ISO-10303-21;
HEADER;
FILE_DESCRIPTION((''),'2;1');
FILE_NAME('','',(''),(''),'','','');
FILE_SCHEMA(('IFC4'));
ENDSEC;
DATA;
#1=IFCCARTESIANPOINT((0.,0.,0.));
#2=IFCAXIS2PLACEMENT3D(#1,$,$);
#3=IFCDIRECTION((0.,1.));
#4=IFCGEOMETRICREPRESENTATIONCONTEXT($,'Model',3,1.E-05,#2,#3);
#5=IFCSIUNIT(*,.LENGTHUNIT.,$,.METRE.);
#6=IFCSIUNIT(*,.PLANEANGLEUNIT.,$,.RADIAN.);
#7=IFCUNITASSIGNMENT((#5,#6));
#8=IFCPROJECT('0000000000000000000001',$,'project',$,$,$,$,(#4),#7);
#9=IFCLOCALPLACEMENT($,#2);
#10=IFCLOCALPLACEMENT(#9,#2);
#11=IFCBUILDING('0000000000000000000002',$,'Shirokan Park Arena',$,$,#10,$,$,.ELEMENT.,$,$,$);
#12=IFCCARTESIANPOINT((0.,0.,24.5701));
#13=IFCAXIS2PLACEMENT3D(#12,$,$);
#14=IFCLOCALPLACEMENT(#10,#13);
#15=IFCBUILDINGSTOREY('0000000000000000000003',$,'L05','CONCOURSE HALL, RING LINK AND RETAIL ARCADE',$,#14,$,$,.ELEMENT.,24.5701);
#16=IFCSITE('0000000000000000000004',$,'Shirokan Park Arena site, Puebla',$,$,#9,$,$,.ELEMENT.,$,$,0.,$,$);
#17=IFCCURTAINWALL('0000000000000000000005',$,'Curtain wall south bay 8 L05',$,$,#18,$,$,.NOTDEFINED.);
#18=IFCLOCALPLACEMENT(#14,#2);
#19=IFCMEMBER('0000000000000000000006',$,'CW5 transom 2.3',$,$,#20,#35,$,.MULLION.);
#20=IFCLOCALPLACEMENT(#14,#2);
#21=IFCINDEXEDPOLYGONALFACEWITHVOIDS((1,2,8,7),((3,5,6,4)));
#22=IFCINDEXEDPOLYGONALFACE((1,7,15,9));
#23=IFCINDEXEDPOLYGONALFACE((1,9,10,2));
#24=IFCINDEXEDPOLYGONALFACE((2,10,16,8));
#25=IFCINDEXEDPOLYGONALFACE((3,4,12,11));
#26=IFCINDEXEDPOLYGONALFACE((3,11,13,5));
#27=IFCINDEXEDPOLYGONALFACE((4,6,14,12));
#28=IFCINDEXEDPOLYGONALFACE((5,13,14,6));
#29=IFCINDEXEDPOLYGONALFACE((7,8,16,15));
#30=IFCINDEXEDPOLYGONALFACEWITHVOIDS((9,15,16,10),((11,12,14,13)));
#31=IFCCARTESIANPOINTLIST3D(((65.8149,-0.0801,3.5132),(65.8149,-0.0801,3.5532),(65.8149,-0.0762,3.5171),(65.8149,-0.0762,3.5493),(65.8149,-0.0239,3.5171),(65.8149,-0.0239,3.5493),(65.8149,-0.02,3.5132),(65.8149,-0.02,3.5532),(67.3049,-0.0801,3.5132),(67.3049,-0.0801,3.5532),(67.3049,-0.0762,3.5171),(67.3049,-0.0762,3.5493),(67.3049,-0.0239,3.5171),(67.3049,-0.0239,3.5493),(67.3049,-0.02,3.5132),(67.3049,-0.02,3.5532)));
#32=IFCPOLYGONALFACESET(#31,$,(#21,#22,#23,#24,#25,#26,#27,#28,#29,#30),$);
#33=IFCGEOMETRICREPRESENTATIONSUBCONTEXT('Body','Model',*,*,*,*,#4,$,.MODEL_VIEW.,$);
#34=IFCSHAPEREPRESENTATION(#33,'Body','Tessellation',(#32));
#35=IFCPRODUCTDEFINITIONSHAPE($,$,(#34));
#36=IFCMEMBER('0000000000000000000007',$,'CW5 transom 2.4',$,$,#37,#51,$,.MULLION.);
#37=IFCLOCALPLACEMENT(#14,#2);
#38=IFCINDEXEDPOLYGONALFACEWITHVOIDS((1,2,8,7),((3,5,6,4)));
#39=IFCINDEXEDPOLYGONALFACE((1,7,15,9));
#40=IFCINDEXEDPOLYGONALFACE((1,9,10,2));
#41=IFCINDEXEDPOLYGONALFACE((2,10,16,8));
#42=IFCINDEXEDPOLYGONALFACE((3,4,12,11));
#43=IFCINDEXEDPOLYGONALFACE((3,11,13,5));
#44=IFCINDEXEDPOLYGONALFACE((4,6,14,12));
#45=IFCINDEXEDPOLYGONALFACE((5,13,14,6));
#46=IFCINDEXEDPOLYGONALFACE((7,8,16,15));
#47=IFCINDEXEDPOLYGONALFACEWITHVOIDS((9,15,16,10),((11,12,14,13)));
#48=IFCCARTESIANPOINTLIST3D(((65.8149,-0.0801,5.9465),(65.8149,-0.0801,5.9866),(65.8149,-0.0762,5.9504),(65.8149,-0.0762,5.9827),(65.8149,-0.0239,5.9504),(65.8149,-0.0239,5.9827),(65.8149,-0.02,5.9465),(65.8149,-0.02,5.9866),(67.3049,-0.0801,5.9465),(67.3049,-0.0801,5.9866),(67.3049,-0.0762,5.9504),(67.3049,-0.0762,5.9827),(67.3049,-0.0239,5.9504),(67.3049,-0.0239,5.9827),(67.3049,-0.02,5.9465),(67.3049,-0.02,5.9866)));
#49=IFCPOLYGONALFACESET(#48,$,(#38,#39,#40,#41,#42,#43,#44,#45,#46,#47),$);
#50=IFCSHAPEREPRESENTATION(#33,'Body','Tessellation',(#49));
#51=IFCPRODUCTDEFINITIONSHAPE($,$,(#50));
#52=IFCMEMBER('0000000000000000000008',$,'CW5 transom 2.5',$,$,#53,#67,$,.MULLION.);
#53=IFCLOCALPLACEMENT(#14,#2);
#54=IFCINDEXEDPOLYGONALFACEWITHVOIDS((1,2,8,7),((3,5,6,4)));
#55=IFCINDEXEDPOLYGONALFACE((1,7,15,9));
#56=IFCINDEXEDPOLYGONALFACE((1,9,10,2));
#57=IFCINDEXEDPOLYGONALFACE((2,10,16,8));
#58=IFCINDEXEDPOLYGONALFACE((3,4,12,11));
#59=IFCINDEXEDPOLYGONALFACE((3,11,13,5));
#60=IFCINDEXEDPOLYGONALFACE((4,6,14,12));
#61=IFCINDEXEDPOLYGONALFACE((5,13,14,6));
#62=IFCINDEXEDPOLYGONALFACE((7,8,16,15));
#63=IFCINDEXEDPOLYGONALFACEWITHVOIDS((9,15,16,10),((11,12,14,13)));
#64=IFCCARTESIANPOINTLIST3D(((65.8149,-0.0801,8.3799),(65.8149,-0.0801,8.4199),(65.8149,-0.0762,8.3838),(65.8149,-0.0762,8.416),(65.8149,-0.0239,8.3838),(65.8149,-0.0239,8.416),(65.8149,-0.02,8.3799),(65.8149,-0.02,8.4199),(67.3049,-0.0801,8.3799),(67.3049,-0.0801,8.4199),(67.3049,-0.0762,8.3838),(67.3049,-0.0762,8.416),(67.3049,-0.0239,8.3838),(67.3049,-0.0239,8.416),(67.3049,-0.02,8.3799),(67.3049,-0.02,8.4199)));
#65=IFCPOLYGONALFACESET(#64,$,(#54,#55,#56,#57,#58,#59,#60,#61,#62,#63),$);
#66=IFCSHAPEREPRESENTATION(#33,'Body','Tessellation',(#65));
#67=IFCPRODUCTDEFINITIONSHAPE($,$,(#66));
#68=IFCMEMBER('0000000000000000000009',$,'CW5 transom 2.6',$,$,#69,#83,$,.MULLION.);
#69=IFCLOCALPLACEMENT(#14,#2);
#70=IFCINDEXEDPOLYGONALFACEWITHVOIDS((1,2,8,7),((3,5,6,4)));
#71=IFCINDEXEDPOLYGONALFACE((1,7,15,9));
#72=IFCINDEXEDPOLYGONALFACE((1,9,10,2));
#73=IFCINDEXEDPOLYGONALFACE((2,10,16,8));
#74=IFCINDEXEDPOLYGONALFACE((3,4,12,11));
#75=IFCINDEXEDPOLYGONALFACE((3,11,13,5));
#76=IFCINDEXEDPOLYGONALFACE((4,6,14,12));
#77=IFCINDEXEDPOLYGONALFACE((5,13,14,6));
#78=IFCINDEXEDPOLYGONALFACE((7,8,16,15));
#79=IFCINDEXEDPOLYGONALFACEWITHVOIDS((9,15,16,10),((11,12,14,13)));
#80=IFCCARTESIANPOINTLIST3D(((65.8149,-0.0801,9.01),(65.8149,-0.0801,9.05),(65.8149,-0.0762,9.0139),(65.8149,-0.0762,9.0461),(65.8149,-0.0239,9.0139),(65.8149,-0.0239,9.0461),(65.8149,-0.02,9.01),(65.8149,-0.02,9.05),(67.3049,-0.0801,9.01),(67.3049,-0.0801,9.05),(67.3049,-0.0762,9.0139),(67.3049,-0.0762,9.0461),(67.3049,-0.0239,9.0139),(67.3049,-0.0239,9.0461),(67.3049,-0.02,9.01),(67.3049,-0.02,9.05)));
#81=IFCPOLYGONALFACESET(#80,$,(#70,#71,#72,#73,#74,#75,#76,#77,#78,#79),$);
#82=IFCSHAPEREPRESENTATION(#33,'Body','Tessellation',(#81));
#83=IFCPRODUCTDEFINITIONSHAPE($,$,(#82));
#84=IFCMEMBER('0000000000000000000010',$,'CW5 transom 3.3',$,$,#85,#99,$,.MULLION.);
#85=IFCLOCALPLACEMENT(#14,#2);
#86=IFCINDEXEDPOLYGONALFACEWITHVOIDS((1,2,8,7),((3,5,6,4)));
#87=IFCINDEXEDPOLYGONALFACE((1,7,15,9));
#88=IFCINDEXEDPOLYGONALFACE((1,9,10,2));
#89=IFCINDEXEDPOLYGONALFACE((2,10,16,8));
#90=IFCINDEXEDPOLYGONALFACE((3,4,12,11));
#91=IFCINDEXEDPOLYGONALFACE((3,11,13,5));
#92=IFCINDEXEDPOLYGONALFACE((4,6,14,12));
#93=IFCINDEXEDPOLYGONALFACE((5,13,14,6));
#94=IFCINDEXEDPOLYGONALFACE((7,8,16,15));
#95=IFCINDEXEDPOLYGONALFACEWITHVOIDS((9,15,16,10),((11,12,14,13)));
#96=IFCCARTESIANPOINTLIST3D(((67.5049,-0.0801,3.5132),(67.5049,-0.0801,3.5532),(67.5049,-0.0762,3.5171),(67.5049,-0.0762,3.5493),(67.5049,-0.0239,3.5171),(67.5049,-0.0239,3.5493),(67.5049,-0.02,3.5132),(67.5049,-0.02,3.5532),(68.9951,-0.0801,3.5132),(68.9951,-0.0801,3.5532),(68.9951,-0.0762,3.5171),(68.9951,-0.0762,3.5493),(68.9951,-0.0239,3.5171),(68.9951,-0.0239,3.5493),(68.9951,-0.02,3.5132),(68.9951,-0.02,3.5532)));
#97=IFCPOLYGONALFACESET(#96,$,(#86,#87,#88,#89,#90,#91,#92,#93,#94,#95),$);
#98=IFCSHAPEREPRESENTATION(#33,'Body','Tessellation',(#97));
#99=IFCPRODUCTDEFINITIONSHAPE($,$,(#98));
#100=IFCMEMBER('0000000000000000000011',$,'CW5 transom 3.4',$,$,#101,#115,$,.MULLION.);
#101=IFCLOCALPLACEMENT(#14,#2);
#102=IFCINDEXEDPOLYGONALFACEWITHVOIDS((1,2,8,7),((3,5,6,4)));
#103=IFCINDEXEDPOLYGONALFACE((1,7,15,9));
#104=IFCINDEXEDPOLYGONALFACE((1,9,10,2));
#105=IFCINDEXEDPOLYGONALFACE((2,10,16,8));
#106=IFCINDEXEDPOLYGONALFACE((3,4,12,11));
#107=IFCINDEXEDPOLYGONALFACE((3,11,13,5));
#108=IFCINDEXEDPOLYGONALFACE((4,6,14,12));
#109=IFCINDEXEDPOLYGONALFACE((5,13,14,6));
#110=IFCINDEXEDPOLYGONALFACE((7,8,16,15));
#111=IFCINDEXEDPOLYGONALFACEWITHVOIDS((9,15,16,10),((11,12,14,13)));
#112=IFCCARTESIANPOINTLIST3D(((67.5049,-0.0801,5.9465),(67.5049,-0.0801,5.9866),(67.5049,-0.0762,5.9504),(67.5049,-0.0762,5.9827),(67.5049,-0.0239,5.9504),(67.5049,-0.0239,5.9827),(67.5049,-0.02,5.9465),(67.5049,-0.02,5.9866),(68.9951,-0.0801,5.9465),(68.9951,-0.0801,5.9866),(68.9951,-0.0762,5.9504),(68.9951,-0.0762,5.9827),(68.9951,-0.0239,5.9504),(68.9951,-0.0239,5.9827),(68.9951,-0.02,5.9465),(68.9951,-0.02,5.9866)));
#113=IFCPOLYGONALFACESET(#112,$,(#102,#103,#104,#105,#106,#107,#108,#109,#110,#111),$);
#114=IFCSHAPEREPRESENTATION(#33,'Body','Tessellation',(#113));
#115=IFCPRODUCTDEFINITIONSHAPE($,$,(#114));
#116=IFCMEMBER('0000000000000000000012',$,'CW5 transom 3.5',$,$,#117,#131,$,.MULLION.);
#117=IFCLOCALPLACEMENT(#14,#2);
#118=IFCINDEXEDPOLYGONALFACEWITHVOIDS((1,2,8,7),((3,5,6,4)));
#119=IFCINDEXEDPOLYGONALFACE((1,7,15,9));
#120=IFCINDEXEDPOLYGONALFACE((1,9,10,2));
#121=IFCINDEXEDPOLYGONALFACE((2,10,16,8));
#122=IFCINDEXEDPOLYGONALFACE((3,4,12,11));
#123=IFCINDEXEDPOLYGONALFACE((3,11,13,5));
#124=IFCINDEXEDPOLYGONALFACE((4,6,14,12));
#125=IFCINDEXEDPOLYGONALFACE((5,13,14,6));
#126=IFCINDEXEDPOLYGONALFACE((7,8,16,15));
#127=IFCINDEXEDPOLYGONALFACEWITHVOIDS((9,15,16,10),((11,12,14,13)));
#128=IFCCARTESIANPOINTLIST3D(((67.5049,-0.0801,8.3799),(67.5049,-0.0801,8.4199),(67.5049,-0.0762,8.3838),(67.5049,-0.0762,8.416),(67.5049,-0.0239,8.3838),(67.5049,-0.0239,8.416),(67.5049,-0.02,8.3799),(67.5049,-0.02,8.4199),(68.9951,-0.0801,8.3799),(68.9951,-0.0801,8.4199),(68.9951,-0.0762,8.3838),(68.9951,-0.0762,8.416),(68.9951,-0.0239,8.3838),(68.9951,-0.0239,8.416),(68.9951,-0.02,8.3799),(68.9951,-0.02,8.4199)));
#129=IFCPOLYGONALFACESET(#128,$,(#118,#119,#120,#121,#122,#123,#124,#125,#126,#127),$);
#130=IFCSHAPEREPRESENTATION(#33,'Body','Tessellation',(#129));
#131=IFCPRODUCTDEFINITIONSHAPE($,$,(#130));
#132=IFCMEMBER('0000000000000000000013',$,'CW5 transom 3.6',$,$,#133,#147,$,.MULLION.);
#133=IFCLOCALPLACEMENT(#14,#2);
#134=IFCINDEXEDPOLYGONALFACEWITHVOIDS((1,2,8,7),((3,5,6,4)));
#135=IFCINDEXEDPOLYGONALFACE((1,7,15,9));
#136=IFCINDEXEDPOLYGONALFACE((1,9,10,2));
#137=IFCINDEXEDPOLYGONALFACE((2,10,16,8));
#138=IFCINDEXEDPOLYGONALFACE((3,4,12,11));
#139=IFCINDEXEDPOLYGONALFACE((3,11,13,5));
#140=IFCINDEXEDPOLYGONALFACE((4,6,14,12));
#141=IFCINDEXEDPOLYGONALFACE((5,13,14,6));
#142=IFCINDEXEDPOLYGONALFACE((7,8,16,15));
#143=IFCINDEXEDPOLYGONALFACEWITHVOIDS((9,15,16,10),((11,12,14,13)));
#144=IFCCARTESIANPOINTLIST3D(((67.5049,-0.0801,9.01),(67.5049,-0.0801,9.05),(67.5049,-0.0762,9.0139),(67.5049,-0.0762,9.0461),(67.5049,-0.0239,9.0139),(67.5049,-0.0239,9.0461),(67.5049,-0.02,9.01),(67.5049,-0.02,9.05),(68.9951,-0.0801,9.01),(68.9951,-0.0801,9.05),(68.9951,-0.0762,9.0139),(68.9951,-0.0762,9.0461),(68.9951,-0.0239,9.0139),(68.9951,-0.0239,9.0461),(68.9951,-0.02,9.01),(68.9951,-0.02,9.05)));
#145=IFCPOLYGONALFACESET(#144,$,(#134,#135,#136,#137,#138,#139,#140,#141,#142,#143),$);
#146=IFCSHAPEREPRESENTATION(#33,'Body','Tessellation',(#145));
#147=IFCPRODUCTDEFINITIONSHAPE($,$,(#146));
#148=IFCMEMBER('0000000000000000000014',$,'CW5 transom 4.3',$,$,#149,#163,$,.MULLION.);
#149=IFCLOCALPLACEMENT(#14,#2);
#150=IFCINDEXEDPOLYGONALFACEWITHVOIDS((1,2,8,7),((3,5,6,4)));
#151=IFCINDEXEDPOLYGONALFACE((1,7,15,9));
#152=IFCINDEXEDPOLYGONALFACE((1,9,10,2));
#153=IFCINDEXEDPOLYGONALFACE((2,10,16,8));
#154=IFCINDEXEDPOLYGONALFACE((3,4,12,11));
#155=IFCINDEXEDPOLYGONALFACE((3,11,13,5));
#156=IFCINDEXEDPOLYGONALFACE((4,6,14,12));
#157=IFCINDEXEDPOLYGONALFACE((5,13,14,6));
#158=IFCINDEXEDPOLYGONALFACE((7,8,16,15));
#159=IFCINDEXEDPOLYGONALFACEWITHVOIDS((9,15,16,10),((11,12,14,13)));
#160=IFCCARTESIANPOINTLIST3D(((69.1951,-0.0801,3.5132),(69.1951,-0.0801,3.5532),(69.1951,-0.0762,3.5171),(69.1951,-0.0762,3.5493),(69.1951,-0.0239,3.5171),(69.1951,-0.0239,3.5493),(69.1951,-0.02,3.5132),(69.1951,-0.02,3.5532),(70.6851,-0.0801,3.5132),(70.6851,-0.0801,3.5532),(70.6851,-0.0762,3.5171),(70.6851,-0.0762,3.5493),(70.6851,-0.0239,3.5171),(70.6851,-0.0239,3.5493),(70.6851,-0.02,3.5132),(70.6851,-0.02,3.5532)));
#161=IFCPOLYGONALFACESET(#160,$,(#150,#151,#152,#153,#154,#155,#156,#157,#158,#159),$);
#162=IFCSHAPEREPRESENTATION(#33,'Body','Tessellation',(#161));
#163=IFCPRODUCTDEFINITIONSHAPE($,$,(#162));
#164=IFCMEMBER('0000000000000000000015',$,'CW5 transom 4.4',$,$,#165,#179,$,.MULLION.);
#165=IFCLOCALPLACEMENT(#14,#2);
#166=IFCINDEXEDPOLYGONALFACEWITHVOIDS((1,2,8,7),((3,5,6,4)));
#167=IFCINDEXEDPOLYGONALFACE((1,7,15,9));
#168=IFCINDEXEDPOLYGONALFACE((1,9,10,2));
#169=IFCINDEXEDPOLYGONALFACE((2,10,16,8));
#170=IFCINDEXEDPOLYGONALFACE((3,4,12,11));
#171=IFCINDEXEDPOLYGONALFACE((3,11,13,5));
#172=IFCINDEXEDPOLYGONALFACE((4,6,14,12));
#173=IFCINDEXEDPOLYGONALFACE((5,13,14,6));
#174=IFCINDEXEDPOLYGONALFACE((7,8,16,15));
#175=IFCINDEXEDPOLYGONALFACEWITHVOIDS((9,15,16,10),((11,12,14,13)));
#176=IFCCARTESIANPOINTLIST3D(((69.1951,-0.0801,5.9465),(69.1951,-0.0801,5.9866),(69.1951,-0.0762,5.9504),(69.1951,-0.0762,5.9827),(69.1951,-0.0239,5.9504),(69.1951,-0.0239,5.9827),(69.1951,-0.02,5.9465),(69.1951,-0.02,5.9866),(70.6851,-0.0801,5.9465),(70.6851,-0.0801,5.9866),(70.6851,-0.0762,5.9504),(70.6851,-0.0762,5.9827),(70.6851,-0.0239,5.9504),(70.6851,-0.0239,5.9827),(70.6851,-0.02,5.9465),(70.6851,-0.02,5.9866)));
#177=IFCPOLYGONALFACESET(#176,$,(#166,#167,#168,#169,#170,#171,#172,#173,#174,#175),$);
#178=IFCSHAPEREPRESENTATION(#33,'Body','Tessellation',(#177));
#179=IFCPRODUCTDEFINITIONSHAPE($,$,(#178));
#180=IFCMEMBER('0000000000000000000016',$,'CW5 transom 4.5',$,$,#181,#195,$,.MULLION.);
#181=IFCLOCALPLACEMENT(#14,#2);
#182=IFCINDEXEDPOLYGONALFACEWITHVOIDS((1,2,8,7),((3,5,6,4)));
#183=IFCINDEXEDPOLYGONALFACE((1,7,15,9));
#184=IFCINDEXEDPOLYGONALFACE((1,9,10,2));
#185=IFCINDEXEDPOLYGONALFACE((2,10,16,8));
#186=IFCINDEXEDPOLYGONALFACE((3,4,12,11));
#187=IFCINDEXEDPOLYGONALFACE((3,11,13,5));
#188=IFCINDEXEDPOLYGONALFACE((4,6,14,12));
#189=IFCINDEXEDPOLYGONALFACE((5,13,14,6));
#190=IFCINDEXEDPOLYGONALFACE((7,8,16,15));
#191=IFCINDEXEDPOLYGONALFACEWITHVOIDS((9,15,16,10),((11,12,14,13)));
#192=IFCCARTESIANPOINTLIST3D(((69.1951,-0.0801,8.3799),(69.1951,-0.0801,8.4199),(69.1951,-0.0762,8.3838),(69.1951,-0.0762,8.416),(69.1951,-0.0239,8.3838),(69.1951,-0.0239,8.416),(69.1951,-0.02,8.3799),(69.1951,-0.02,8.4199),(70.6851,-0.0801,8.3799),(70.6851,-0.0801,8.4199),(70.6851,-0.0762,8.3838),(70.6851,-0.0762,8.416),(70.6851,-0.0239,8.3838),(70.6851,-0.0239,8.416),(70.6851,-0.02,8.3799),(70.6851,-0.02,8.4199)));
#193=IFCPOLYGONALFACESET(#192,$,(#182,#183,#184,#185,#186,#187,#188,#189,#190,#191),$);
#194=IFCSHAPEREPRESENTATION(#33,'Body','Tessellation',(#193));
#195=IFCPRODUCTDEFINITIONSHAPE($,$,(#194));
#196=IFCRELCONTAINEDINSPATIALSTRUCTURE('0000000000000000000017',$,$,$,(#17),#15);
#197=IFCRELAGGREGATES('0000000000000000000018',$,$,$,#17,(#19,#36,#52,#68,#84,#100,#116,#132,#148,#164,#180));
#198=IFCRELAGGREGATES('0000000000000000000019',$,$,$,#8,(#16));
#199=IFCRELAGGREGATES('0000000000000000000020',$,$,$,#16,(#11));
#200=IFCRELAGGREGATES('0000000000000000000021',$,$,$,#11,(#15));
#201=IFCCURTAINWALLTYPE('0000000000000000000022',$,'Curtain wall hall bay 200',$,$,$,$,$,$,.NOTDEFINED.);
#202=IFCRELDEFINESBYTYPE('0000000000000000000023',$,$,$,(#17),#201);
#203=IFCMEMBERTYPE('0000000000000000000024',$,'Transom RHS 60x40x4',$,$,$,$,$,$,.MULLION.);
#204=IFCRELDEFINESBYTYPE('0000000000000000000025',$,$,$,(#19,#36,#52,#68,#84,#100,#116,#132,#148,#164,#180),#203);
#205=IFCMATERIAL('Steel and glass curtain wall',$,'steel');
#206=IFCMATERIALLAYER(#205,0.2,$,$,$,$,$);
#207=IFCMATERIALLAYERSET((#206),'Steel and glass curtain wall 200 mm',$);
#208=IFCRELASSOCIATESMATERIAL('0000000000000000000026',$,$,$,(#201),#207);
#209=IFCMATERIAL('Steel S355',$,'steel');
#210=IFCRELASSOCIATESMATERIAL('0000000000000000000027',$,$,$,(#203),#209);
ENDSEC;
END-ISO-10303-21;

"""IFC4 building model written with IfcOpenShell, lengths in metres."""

from ifc_helpers import new_model, si_unit, direction, frame, origin, origin_2d, place, context, subcontext, project, spatial, hollow_rectangle, extrude, material, layer, layer_set, material_profile, profile_set, type_object, element, aggregate, save


model = new_model("IFC4")

# Units and contexts
model_context = context("Model", 3, precision=1e-05, world=origin(), true_north=direction((0.0, 1.0)))
body_context = subcontext(model_context, "Body", "Model", "MODEL_VIEW")
ifc_project = project(units=[si_unit("LENGTHUNIT", "METRE"), si_unit("PLANEANGLEUNIT", "RADIAN")], contexts=[model_context])

# Site, building, storey
site_placement = place(None, origin())
site = spatial("IfcSite", under=ifc_project, at=site_placement, Name="Shirokan Park Arena site, Puebla", CompositionType="ELEMENT", RefElevation=0.0)
building_placement = place(site_placement, origin())
building = spatial("IfcBuilding", under=site, at=building_placement, Name="Shirokan Park Arena", CompositionType="ELEMENT")
storey_placement = place(building_placement, frame((0.0, 0.0, 24.5701)))
storey = spatial("IfcBuildingStorey", under=building, at=storey_placement, Name="L05", Description="CONCOURSE HALL, RING LINK AND RETAIL ARCADE", CompositionType="ELEMENT", Elevation=24.5701)

# Curtain wall, members
ifc_material_1 = material(Name="Steel and glass curtain wall", Category="steel")
ifc_layer_1 = layer(ifc_material_1, 0.2)
ifc_layer_set_1 = layer_set([ifc_layer_1], Name="Steel and glass curtain wall 200 mm")
curtain_wall_type = type_object("IfcCurtainWallType", Name="Curtain wall hall bay 200", PredefinedType="NOTDEFINED", material=ifc_layer_set_1)
curtain_wall_placement = place(storey_placement, origin())
curtain_wall = element("IfcCurtainWall", 1, at=curtain_wall_placement, inside=storey, type_object=curtain_wall_type, Name="Curtain wall south bay 8 L05", PredefinedType="NOTDEFINED")
ifc_material_2 = material(Name="Steel S355", Category="steel")
ifc_material_profile = material_profile(ifc_material_2, hollow_rectangle(XDim=0.0601, YDim=0.04, WallThickness=0.0039, at=origin_2d()), Name="RHS 60x40x4")
ifc_profile_set = profile_set([ifc_material_profile], Name="Steel S355")
member_type = type_object("IfcMemberType", Name="Transom RHS 60x40x4", PredefinedType="MULLION", material=ifc_profile_set)
member_1_placement = place(storey_placement, frame((65.8149, -0.05, 3.5332), z_axis=(1.0, 0.0, 0.0), x_axis=(0.0, 1.0, 0.0)))
member_1 = element("IfcMember", 2, at=member_1_placement, type_object=member_type, Name="CW5 transom 2.3", PredefinedType="MULLION", context=body_context, shape_type="SweptSolid", body=[
    extrude(hollow_rectangle(XDim=0.0601, YDim=0.04, WallThickness=0.0039, at=origin_2d()), origin(), (0.0, 0.0, 1.0), 1.49),
])
member_2_placement = place(storey_placement, frame((65.8149, -0.05, 5.9666), z_axis=(1.0, 0.0, 0.0), x_axis=(0.0, 1.0, 0.0)))
member_2 = element("IfcMember", 3, at=member_2_placement, type_object=member_type, Name="CW5 transom 2.4", PredefinedType="MULLION", context=body_context, shape_type="SweptSolid", body=[
    extrude(hollow_rectangle(XDim=0.0601, YDim=0.04, WallThickness=0.0039, at=origin_2d()), origin(), (0.0, 0.0, 1.0), 1.49),
])
member_3_placement = place(storey_placement, frame((65.8149, -0.05, 8.3999), z_axis=(1.0, 0.0, 0.0), x_axis=(0.0, 1.0, 0.0)))
member_3 = element("IfcMember", 4, at=member_3_placement, type_object=member_type, Name="CW5 transom 2.5", PredefinedType="MULLION", context=body_context, shape_type="SweptSolid", body=[
    extrude(hollow_rectangle(XDim=0.0601, YDim=0.04, WallThickness=0.0039, at=origin_2d()), origin(), (0.0, 0.0, 1.0), 1.49),
])
member_4_placement = place(storey_placement, frame((65.8149, -0.05, 9.03), z_axis=(1.0, 0.0, 0.0), x_axis=(0.0, 1.0, 0.0)))
member_4 = element("IfcMember", 5, at=member_4_placement, type_object=member_type, Name="CW5 transom 2.6", PredefinedType="MULLION", context=body_context, shape_type="SweptSolid", body=[
    extrude(hollow_rectangle(XDim=0.0601, YDim=0.04, WallThickness=0.0039, at=origin_2d()), origin(), (0.0, 0.0, 1.0), 1.49),
])
member_5_placement = place(storey_placement, frame((67.5049, -0.05, 3.5332), z_axis=(1.0, 0.0, 0.0), x_axis=(0.0, 1.0, 0.0)))
member_5 = element("IfcMember", 6, at=member_5_placement, type_object=member_type, Name="CW5 transom 3.3", PredefinedType="MULLION", context=body_context, shape_type="SweptSolid", body=[
    extrude(hollow_rectangle(XDim=0.0601, YDim=0.04, WallThickness=0.0039, at=origin_2d()), origin(), (0.0, 0.0, 1.0), 1.4902),
])
member_6_placement = place(storey_placement, frame((67.5049, -0.05, 5.9666), z_axis=(1.0, 0.0, 0.0), x_axis=(0.0, 1.0, 0.0)))
member_6 = element("IfcMember", 7, at=member_6_placement, type_object=member_type, Name="CW5 transom 3.4", PredefinedType="MULLION", context=body_context, shape_type="SweptSolid", body=[
    extrude(hollow_rectangle(XDim=0.0601, YDim=0.04, WallThickness=0.0039, at=origin_2d()), origin(), (0.0, 0.0, 1.0), 1.4902),
])
member_7_placement = place(storey_placement, frame((67.5049, -0.05, 8.3999), z_axis=(1.0, 0.0, 0.0), x_axis=(0.0, 1.0, 0.0)))
member_7 = element("IfcMember", 8, at=member_7_placement, type_object=member_type, Name="CW5 transom 3.5", PredefinedType="MULLION", context=body_context, shape_type="SweptSolid", body=[
    extrude(hollow_rectangle(XDim=0.0601, YDim=0.04, WallThickness=0.0039, at=origin_2d()), origin(), (0.0, 0.0, 1.0), 1.4902),
])
member_8_placement = place(storey_placement, frame((67.5049, -0.05, 9.03), z_axis=(1.0, 0.0, 0.0), x_axis=(0.0, 1.0, 0.0)))
member_8 = element("IfcMember", 9, at=member_8_placement, type_object=member_type, Name="CW5 transom 3.6", PredefinedType="MULLION", context=body_context, shape_type="SweptSolid", body=[
    extrude(hollow_rectangle(XDim=0.0601, YDim=0.04, WallThickness=0.0039, at=origin_2d()), origin(), (0.0, 0.0, 1.0), 1.4902),
])
member_9_placement = place(storey_placement, frame((69.1951, -0.05, 3.5332), z_axis=(1.0, 0.0, 0.0), x_axis=(0.0, 1.0, 0.0)))
member_9 = element("IfcMember", 10, at=member_9_placement, type_object=member_type, Name="CW5 transom 4.3", PredefinedType="MULLION", context=body_context, shape_type="SweptSolid", body=[
    extrude(hollow_rectangle(XDim=0.0601, YDim=0.04, WallThickness=0.0039, at=origin_2d()), origin(), (0.0, 0.0, 1.0), 1.49),
])
member_10_placement = place(storey_placement, frame((69.1951, -0.05, 5.9666), z_axis=(1.0, 0.0, 0.0), x_axis=(0.0, 1.0, 0.0)))
member_10 = element("IfcMember", 11, at=member_10_placement, type_object=member_type, Name="CW5 transom 4.4", PredefinedType="MULLION", context=body_context, shape_type="SweptSolid", body=[
    extrude(hollow_rectangle(XDim=0.0601, YDim=0.04, WallThickness=0.0039, at=origin_2d()), origin(), (0.0, 0.0, 1.0), 1.49),
])
member_11_placement = place(storey_placement, frame((69.1951, -0.05, 8.3999), z_axis=(1.0, 0.0, 0.0), x_axis=(0.0, 1.0, 0.0)))
member_11 = element("IfcMember", 12, at=member_11_placement, type_object=member_type, Name="CW5 transom 4.5", PredefinedType="MULLION", context=body_context, shape_type="SweptSolid", body=[
    extrude(hollow_rectangle(XDim=0.0601, YDim=0.04, WallThickness=0.0039, at=origin_2d()), origin(), (0.0, 0.0, 1.0), 1.49),
])
aggregate(curtain_wall, [member_1, member_2, member_3, member_4, member_5, member_6, member_7, member_8, member_9, member_10, member_11])

save(model, "model.ifc")
